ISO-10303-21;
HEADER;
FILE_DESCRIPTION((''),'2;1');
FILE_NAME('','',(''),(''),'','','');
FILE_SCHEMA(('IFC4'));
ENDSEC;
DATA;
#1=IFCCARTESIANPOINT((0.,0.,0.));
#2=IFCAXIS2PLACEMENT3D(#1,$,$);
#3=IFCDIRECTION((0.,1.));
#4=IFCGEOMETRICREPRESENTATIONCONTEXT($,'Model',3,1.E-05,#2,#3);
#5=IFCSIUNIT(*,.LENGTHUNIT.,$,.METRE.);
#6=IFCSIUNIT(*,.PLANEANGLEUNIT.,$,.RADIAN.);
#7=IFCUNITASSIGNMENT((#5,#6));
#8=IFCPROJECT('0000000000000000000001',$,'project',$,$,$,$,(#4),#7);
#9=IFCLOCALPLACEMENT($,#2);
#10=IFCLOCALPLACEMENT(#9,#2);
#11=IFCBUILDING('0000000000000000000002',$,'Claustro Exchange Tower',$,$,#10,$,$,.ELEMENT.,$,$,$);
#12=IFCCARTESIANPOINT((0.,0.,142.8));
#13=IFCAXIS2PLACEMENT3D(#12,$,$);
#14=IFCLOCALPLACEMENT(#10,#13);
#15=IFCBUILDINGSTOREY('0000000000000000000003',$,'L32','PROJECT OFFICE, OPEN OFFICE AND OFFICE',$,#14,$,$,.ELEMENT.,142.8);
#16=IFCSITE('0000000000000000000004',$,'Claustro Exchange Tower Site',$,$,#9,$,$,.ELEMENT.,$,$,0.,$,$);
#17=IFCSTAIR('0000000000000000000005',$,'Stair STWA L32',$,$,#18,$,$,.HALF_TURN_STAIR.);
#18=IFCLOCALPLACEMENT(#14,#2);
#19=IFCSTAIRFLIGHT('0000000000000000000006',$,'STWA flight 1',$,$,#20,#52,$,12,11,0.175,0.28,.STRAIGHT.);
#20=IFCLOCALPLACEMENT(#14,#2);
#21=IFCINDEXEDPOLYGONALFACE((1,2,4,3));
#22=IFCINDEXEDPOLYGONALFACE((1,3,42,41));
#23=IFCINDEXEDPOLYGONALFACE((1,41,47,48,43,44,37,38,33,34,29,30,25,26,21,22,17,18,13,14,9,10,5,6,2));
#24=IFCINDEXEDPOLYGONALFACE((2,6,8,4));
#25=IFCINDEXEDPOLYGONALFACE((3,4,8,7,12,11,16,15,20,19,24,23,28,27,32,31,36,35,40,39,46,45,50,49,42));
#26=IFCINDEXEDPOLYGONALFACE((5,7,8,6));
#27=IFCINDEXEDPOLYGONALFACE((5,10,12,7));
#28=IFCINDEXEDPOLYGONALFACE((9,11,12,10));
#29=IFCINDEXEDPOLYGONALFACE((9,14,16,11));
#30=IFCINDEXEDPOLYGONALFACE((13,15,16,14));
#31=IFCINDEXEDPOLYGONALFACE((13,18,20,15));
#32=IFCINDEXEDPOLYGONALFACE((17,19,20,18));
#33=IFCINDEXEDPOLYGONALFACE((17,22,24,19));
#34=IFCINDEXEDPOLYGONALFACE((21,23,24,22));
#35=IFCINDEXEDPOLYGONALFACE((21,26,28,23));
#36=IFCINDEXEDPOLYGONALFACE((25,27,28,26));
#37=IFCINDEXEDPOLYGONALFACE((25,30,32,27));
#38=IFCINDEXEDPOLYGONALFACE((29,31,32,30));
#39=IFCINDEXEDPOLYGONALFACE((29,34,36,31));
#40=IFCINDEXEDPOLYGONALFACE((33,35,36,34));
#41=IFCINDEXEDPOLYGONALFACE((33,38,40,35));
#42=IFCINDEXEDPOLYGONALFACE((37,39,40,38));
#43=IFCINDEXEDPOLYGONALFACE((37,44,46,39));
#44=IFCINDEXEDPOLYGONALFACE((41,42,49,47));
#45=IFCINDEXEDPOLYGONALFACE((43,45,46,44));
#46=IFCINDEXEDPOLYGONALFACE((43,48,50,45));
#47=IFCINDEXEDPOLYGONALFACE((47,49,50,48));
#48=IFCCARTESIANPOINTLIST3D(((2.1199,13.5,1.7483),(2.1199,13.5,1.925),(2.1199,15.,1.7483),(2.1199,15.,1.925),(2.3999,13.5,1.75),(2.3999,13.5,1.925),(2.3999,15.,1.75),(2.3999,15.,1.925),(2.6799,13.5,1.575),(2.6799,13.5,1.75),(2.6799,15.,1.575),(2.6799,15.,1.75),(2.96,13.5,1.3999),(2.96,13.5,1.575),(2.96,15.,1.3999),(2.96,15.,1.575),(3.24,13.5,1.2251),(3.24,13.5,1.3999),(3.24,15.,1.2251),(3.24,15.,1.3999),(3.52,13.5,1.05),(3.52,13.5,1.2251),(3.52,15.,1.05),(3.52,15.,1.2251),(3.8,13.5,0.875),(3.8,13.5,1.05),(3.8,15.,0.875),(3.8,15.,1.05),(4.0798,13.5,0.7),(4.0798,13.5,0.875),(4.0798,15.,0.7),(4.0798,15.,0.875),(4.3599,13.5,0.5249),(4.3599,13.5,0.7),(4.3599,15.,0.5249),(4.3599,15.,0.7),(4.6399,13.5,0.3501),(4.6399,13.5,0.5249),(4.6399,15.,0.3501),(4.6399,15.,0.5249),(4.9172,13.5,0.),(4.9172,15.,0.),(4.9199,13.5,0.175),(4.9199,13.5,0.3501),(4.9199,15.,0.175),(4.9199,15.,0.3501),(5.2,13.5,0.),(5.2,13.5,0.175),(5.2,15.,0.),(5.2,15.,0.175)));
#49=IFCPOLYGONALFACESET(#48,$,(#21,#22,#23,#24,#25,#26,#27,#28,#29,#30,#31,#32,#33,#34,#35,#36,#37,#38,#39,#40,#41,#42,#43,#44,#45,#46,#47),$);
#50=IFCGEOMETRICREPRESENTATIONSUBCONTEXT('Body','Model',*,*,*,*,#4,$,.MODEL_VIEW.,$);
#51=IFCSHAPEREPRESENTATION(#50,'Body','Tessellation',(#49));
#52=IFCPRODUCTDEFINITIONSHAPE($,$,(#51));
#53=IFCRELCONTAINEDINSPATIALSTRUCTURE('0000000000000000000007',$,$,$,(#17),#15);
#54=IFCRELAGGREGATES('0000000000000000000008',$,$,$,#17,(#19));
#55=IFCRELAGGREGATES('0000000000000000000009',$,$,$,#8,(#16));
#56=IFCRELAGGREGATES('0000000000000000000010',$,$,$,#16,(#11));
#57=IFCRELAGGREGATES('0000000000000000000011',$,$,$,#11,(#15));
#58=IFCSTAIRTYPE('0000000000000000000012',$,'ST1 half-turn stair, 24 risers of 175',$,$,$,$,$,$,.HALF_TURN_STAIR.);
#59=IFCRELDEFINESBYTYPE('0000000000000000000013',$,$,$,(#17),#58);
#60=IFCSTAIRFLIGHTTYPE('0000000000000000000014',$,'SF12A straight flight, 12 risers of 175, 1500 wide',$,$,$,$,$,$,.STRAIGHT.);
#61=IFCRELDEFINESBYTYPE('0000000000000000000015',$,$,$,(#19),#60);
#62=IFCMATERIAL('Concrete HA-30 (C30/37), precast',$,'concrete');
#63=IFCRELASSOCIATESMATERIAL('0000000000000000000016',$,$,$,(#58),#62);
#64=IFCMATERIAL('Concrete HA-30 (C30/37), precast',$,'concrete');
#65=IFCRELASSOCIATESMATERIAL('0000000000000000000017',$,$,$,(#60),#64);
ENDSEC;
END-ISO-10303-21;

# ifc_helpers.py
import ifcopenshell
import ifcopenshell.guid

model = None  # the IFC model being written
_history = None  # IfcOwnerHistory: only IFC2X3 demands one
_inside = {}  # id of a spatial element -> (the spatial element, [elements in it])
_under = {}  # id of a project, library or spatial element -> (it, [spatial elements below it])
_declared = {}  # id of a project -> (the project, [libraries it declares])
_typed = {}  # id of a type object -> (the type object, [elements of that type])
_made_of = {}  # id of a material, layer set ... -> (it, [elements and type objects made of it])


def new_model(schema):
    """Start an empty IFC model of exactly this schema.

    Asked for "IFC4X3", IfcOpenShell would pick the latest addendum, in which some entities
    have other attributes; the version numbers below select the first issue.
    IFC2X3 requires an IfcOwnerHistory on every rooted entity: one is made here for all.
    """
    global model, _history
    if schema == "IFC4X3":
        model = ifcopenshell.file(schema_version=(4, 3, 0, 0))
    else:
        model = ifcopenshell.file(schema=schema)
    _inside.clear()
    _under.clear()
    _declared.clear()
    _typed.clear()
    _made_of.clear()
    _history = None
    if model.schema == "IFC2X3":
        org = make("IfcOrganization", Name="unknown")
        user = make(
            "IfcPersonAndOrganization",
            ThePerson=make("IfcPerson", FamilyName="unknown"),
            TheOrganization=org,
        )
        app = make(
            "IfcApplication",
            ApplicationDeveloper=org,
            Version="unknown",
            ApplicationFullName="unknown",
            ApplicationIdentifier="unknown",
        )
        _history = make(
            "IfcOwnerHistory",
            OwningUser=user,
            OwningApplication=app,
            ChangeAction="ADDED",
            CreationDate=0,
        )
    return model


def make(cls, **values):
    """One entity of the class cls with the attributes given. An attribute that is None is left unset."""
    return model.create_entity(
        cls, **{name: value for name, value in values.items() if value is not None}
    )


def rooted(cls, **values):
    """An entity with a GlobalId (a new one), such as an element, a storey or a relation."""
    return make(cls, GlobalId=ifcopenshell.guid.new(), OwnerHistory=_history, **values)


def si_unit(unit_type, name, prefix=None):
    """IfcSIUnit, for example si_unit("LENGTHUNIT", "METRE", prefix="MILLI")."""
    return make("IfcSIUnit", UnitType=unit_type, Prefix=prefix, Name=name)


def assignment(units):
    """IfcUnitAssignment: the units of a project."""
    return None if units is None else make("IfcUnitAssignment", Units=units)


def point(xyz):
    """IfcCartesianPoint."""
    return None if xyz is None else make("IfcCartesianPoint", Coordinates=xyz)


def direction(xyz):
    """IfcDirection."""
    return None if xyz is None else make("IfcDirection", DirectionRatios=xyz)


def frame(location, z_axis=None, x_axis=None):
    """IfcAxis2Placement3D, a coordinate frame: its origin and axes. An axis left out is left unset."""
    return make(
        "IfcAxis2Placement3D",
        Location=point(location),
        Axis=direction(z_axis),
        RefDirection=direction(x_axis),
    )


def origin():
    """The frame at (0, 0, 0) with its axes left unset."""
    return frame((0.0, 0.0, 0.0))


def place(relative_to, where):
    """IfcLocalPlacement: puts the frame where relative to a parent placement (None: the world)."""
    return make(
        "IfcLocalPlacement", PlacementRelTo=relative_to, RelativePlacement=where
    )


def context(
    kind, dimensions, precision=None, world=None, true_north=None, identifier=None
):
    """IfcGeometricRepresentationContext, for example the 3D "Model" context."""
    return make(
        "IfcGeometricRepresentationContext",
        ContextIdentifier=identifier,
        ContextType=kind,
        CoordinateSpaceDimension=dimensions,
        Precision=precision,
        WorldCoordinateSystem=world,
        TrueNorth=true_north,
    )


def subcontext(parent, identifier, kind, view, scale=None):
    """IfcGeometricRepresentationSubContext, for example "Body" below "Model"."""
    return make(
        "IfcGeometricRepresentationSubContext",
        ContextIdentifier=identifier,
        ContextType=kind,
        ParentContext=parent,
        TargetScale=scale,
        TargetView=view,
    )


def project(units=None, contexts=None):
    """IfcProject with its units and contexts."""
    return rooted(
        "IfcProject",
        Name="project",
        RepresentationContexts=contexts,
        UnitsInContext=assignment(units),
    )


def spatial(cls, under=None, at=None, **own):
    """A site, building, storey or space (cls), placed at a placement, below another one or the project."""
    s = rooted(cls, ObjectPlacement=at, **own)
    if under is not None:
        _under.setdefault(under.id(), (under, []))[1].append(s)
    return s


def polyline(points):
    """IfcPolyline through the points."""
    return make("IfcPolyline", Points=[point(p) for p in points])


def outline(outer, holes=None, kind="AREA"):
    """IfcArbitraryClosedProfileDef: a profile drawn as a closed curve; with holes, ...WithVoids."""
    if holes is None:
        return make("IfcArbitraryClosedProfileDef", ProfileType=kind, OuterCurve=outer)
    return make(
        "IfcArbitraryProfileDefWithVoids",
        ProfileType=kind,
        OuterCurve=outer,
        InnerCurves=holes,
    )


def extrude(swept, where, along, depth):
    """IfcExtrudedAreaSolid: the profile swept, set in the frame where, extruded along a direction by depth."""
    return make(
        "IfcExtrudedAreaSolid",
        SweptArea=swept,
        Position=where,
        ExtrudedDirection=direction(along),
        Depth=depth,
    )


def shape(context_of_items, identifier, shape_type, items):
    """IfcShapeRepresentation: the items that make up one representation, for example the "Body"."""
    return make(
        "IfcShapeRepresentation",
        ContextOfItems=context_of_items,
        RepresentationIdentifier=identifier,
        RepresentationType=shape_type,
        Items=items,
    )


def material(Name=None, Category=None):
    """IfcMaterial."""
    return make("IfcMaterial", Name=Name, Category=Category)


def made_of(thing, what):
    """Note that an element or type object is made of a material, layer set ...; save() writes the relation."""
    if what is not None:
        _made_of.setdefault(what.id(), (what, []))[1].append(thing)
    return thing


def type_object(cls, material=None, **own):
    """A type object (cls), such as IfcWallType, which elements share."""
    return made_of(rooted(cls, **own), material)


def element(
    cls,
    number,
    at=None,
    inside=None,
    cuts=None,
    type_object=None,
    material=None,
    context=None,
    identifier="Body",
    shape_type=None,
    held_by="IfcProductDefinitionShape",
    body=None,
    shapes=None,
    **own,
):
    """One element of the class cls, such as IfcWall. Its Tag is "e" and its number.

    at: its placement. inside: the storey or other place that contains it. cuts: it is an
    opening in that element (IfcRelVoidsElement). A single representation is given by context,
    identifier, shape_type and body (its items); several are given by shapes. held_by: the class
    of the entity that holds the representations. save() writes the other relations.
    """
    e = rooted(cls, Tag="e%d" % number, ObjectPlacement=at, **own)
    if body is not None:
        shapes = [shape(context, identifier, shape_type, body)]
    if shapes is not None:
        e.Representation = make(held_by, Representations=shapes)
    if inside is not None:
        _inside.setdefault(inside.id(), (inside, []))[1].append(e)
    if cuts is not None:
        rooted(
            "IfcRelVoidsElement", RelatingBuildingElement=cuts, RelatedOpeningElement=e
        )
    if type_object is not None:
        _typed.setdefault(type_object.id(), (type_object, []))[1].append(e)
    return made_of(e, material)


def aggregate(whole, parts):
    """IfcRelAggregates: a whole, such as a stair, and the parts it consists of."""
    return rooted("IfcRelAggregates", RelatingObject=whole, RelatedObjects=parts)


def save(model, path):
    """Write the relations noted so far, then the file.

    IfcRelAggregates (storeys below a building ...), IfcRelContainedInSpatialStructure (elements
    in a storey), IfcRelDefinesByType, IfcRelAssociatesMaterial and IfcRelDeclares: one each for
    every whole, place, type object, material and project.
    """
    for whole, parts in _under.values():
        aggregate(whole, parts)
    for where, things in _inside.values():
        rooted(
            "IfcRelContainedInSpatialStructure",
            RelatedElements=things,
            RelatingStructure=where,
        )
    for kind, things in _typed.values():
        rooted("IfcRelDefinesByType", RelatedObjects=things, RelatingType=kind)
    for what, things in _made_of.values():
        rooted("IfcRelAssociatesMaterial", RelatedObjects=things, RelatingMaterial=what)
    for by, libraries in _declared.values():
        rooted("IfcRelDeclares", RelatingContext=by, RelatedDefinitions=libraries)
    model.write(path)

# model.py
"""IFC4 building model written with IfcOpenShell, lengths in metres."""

from ifc_helpers import new_model, si_unit, direction, frame, origin, place, context, subcontext, project, spatial, polyline, outline, extrude, material, type_object, element, aggregate, save


model = new_model("IFC4")

# Units and contexts
model_context = context("Model", 3, precision=1e-05, world=origin(), true_north=direction((0.0, 1.0)))
body_context = subcontext(model_context, "Body", "Model", "MODEL_VIEW")
ifc_project = project(units=[si_unit("LENGTHUNIT", "METRE"), si_unit("PLANEANGLEUNIT", "RADIAN")], contexts=[model_context])

# Site, building, storey
site_placement = place(None, origin())
site = spatial("IfcSite", under=ifc_project, at=site_placement, Name="Claustro Exchange Tower Site", CompositionType="ELEMENT", RefElevation=0.0)
building_placement = place(site_placement, origin())
building = spatial("IfcBuilding", under=site, at=building_placement, Name="Claustro Exchange Tower", CompositionType="ELEMENT")
storey_placement = place(building_placement, frame((0.0, 0.0, 142.8)))
storey = spatial("IfcBuildingStorey", under=building, at=storey_placement, Name="L32", Description="PROJECT OFFICE, OPEN OFFICE AND OFFICE", CompositionType="ELEMENT", Elevation=142.8)

# Stair, stair flight
ifc_material_1 = material(Name="Concrete HA-30 (C30/37), precast", Category="concrete")
stair_type = type_object("IfcStairType", Name="ST1 half-turn stair, 24 risers of 175", PredefinedType="HALF_TURN_STAIR", material=ifc_material_1)
stair_placement = place(storey_placement, origin())
stair = element("IfcStair", 1, at=stair_placement, inside=storey, type_object=stair_type, Name="Stair STWA L32", PredefinedType="HALF_TURN_STAIR")
ifc_material_2 = material(Name="Concrete HA-30 (C30/37), precast", Category="concrete")
stair_flight_type = type_object("IfcStairFlightType", Name="SF12A straight flight, 12 risers of 175, 1500 wide", PredefinedType="STRAIGHT", material=ifc_material_2)
stair_flight_placement = place(storey_placement, frame((5.2, 14.25, 0.0), z_axis=(0.0, 0.0, 1.0), x_axis=(-1.0, 0.0, 0.0)))
stair_flight = element("IfcStairFlight", 2, at=stair_flight_placement, type_object=stair_flight_type, Name="STWA flight 1", NumberOfRisers=12, NumberOfTreads=11, PredefinedType="STRAIGHT", RiserHeight=0.175, TreadLength=0.28, context=body_context, shape_type="SweptSolid", body=[
    extrude(outline(polyline([(0.0, 0.0), (0.0, 0.175), (0.28, 0.175), (0.28, 0.3501), (0.5601, 0.3501), (0.5601, 0.5249), (0.8401, 0.5249), (0.8401, 0.7), (1.1201, 0.7), (1.1201, 0.875), (1.3999, 0.875), (1.3999, 1.05), (1.6799, 1.05), (1.6799, 1.2251), (1.96, 1.2251), (1.96, 1.3999), (2.24, 1.3999), (2.24, 1.575), (2.52, 1.575), (2.52, 1.75), (2.8, 1.75), (2.8, 1.925), (3.0801, 1.925), (3.0801, 2.1001), (3.0801, 1.7483), (0.2827, 0.0), (0.0, 0.0)])), frame((0.0, 0.75, 0.0), z_axis=(0.0, -1.0, 0.0), x_axis=(1.0, 0.0, 0.0)), (0.0, 0.0, 1.0), 1.5),
])
aggregate(stair, [stair_flight])

save(model, "model.ifc")
